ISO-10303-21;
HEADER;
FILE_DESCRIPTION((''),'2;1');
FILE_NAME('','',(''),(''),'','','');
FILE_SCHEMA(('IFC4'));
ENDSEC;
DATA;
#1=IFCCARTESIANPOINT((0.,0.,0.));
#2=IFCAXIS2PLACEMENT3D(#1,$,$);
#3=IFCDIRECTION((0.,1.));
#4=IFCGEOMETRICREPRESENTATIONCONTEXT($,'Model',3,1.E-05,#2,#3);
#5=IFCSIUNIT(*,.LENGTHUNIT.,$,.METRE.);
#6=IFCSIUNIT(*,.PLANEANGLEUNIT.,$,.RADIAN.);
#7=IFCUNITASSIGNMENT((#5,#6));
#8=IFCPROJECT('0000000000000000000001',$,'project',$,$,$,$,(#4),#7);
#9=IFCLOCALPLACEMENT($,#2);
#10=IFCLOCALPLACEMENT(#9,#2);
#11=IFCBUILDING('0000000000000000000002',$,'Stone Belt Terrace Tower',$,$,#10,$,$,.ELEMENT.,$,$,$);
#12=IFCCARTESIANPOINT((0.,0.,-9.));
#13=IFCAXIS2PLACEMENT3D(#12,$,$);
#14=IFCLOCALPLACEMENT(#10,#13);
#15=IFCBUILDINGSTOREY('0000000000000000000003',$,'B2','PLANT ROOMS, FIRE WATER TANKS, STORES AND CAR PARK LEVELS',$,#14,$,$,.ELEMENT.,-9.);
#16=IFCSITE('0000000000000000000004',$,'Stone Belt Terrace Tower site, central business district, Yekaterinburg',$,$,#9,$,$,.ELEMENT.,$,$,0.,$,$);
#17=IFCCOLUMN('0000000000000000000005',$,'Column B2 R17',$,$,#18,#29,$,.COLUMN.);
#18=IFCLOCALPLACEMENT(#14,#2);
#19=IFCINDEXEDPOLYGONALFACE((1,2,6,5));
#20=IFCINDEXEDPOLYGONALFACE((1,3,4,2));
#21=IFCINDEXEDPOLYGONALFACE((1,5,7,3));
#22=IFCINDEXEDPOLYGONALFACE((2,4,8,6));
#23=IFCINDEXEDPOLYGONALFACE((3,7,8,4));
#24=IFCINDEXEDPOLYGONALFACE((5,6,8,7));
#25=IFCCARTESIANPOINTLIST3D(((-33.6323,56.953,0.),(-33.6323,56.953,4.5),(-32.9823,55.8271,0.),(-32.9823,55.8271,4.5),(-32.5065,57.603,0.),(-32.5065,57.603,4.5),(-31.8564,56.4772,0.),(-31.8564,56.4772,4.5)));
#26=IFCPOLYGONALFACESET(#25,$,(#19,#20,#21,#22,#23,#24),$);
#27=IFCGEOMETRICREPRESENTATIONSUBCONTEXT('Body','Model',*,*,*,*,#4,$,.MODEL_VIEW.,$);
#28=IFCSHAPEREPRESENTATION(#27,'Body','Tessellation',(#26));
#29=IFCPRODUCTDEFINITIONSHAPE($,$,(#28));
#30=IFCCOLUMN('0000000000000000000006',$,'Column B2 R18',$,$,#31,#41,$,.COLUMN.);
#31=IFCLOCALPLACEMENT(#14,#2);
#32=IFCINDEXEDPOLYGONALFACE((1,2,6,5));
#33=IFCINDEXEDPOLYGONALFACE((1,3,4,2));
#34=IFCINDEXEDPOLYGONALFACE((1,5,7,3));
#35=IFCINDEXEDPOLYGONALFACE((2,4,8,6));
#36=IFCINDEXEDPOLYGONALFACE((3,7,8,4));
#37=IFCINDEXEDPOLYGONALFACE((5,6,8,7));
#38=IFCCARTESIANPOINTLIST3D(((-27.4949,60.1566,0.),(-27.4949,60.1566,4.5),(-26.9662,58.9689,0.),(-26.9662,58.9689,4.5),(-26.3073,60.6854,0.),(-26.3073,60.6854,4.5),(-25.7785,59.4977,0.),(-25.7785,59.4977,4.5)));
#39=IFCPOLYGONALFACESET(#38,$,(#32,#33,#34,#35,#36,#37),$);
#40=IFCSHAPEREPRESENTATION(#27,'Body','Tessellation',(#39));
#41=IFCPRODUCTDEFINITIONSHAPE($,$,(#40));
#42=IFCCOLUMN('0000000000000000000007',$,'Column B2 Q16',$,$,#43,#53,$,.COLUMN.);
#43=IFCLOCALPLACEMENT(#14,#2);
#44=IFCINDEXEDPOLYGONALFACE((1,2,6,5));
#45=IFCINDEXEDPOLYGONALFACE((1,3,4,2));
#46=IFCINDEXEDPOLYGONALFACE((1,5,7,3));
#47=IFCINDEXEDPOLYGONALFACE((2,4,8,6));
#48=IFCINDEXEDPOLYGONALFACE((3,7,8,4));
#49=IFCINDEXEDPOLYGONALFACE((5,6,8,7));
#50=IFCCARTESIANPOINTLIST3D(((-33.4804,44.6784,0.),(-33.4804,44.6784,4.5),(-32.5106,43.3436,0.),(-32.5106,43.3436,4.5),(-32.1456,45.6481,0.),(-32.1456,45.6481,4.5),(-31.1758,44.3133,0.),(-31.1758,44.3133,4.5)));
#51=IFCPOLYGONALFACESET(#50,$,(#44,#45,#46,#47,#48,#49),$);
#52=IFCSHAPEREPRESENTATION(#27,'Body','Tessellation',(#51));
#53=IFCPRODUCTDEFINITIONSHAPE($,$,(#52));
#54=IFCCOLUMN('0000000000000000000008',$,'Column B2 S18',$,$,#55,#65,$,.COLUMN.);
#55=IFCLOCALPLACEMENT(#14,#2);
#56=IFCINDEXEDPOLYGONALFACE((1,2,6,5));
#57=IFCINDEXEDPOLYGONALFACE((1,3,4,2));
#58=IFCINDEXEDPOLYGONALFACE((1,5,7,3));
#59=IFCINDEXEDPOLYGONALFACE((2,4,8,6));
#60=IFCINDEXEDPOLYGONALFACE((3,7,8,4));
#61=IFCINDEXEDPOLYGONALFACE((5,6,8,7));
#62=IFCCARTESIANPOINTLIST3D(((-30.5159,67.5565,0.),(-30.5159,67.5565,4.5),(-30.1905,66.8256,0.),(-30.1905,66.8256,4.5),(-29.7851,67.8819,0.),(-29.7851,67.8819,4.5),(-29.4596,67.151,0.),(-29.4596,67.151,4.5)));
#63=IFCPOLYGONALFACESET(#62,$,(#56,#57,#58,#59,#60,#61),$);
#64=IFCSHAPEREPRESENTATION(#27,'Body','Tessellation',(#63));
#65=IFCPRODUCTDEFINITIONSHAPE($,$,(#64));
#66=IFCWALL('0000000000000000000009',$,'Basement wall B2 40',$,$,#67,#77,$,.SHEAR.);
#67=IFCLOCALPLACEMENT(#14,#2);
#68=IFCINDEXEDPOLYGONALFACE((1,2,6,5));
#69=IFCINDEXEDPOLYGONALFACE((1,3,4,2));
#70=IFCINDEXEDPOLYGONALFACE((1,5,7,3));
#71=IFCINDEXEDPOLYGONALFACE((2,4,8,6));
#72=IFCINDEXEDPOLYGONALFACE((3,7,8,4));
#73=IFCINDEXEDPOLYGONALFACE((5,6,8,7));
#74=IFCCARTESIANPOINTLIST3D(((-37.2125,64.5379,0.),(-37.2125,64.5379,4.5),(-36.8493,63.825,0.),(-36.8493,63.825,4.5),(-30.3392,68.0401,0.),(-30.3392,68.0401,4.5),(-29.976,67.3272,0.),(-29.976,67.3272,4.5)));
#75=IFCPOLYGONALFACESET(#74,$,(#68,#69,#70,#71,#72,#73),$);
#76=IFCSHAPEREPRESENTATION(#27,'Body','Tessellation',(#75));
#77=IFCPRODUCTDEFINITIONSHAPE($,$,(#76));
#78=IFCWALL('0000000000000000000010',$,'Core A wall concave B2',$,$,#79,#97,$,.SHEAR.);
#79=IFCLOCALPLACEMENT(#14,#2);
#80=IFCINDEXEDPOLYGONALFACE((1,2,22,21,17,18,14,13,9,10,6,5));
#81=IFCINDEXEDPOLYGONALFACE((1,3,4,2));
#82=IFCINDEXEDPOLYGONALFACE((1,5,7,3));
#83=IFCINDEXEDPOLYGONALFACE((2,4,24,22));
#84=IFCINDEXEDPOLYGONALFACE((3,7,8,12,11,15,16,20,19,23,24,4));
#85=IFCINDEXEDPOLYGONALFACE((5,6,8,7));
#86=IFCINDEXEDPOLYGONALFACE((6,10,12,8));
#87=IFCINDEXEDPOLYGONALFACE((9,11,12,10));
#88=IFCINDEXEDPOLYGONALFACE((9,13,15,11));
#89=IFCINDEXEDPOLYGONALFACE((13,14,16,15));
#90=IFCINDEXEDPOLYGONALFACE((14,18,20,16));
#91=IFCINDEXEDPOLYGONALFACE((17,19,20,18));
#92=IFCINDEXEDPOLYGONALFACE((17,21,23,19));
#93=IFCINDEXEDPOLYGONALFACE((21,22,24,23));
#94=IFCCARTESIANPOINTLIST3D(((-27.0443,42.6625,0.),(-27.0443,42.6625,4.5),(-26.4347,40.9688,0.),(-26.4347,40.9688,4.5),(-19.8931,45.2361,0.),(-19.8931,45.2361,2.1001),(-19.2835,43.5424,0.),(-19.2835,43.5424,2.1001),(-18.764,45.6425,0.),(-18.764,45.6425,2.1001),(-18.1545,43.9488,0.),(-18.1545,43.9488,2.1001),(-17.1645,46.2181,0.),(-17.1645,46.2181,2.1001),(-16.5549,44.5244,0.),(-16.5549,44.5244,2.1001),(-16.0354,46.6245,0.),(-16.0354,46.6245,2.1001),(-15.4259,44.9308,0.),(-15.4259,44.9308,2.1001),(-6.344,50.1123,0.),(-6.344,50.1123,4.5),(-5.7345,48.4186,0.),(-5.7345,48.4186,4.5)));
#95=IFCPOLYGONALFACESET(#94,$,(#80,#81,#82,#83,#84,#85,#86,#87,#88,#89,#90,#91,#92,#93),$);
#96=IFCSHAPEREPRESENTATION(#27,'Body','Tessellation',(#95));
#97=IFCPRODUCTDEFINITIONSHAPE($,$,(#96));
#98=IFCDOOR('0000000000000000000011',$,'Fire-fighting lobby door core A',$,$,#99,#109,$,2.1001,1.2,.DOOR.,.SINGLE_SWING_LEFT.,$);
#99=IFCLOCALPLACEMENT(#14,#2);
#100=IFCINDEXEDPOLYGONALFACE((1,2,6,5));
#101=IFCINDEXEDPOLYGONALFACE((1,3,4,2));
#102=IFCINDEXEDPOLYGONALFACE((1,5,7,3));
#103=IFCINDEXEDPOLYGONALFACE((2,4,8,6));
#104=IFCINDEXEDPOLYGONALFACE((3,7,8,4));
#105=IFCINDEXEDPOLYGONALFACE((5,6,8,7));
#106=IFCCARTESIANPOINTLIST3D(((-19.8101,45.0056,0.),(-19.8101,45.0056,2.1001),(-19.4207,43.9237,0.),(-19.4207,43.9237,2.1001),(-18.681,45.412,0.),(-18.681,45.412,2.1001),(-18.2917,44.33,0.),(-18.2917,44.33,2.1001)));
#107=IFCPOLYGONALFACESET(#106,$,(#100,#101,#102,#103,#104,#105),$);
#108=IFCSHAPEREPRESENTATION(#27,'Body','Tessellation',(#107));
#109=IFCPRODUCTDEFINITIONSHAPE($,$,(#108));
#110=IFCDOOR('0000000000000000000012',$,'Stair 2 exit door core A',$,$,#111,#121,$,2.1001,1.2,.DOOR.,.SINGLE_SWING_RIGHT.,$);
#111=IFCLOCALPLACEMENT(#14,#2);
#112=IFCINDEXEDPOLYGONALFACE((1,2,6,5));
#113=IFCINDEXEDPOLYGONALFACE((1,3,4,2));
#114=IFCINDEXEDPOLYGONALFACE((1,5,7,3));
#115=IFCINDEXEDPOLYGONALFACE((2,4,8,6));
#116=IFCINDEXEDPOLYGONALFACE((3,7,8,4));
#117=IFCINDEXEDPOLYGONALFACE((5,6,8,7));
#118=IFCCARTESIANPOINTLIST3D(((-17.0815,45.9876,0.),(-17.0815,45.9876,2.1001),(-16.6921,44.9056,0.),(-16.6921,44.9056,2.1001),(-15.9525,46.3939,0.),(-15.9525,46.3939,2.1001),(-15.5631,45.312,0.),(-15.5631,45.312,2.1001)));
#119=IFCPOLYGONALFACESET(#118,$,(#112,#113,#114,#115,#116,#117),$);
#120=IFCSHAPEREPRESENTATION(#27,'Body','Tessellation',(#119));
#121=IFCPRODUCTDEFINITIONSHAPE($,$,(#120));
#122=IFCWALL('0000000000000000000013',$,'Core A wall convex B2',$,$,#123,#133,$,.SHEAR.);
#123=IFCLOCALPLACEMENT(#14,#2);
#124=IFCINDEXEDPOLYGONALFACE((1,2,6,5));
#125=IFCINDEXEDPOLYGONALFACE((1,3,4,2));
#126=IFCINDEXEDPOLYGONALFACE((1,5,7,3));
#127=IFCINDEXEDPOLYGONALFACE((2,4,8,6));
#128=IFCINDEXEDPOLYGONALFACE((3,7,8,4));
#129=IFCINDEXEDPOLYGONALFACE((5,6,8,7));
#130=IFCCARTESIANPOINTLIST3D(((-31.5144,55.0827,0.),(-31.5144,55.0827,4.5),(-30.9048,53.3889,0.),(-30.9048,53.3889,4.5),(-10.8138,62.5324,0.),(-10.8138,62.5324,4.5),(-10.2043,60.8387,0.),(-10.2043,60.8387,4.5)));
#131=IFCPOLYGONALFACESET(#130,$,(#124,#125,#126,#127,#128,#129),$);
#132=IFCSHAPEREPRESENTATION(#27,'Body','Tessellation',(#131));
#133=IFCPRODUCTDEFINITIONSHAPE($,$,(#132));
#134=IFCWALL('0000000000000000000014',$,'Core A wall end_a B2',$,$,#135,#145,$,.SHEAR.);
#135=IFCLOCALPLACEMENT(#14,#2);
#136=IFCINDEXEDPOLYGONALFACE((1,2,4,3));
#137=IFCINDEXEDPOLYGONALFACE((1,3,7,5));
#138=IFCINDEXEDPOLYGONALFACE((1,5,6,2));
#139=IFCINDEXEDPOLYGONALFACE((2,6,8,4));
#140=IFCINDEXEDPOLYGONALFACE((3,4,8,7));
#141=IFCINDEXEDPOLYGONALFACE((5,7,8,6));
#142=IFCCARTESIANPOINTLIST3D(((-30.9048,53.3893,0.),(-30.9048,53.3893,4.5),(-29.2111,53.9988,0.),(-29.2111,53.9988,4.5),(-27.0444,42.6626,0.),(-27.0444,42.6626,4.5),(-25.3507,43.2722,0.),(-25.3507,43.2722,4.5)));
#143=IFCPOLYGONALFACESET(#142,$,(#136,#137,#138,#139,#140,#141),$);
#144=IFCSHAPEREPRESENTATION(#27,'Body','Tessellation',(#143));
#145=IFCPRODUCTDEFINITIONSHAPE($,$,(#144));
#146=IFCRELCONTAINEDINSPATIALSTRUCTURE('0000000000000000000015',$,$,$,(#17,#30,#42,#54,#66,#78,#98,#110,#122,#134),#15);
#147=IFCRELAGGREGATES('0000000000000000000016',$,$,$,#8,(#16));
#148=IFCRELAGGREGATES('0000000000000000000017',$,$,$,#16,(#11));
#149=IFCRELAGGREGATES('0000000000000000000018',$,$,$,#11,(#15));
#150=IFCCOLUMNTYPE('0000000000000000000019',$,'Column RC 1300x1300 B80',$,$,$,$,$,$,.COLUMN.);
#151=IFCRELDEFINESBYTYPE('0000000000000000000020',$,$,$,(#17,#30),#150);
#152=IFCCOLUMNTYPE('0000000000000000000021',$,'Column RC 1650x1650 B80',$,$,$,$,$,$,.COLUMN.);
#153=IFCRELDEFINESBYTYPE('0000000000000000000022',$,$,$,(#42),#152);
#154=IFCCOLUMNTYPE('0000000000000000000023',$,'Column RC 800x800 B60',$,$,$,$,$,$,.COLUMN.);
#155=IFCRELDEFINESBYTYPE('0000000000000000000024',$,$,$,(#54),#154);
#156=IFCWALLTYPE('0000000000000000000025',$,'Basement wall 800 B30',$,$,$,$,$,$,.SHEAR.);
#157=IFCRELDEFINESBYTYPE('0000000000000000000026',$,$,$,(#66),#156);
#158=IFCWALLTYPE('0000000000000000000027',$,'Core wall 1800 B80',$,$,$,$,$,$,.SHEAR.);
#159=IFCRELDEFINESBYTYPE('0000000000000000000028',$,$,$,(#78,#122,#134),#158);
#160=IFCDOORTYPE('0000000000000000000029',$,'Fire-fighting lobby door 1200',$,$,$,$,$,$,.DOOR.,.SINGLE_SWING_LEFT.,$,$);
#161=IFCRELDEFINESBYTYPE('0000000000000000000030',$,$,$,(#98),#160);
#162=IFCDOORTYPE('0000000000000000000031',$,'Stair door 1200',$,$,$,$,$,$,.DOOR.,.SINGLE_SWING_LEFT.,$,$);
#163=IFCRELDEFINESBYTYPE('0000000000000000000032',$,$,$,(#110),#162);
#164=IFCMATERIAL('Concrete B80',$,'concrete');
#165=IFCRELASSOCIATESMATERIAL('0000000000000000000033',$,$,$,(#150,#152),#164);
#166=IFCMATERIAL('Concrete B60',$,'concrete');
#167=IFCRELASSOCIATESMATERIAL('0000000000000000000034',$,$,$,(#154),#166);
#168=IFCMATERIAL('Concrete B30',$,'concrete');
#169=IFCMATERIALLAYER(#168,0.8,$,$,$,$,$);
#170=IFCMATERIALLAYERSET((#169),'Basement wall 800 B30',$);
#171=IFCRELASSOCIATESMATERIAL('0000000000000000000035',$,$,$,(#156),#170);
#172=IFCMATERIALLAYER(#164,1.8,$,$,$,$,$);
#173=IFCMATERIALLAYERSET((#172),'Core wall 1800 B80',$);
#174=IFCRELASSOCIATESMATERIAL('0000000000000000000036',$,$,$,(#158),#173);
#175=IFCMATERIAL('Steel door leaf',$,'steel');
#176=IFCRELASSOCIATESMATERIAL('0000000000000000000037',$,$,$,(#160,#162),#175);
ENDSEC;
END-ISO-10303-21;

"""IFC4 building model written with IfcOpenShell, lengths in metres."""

from ifc_helpers import new_model, si_unit, direction, frame, frame_2d, origin, origin_2d, place, context, subcontext, project, spatial, rectangle, extrude, material, layer, layer_set, material_profile, profile_set, type_object, element, fill, save


model = new_model("IFC4")

# Units and contexts
model_context = context("Model", 3, precision=1e-05, world=origin(), true_north=direction((0.0, 1.0)))
body_context = subcontext(model_context, "Body", "Model", "MODEL_VIEW")
ifc_project = project(units=[si_unit("LENGTHUNIT", "METRE"), si_unit("PLANEANGLEUNIT", "RADIAN")], contexts=[model_context])

# Site, building, storey
site_placement = place(None, origin())
site = spatial("IfcSite", under=ifc_project, at=site_placement, Name="Stone Belt Terrace Tower site, central business district, Yekaterinburg", CompositionType="ELEMENT", RefElevation=0.0)
building_placement = place(site_placement, origin())
building = spatial("IfcBuilding", under=site, at=building_placement, Name="Stone Belt Terrace Tower", CompositionType="ELEMENT")
storey_placement = place(building_placement, frame((0.0, 0.0, -9.0)))
storey = spatial("IfcBuildingStorey", under=building, at=storey_placement, Name="B2", Description="PLANT ROOMS, FIRE WATER TANKS, STORES AND CAR PARK LEVELS", CompositionType="ELEMENT", Elevation=-9.0)

# Columns
ifc_material_1 = material(Name="Concrete B80", Category="concrete")
ifc_material_profile_1 = material_profile(ifc_material_1, rectangle(XDim=1.3, YDim=1.3, at=origin_2d()), Name="RC 1300x1300")
ifc_profile_set_1 = profile_set([ifc_material_profile_1], Name="Concrete B80")
column_type_1 = type_object("IfcColumnType", Name="Column RC 1300x1300 B80", PredefinedType="COLUMN", material=ifc_profile_set_1)
for number, where, z_axis, x_axis, name in (
    (1, (-32.7444, 56.7151, 0.0), (0.0, 0.0, 1.0), (0.866025, 0.5, 0.0), "Column B2 R17"),
    (2, (-26.6367, 59.8271, 0.0), (0.0, 0.0, 1.0), (0.913545, 0.406737, 0.0), "Column B2 R18"),
):
    element("IfcColumn", number, at=place(storey_placement, frame(where, z_axis=z_axis, x_axis=x_axis)), inside=storey, type_object=column_type_1, Name=name, PredefinedType="COLUMN", context=body_context, shape_type="SweptSolid", body=[
        extrude(rectangle(XDim=1.3, YDim=1.3, at=origin_2d()), origin(), (0.0, 0.0, 1.0), 4.5),
    ])
ifc_material_profile_2 = material_profile(ifc_material_1, rectangle(XDim=1.6499, YDim=1.6499, at=origin_2d()), Name="RC 1650x1650")
ifc_profile_set_2 = profile_set([ifc_material_profile_2], Name="Concrete B80")
column_type_2 = type_object("IfcColumnType", Name="Column RC 1650x1650 B80", PredefinedType="COLUMN", material=ifc_profile_set_2)
column_1_placement = place(storey_placement, frame((-32.3281, 44.4958, 0.0), z_axis=(0.0, 0.0, 1.0), x_axis=(0.809017, 0.587785, 0.0)))
element("IfcColumn", 3, at=column_1_placement, inside=storey, type_object=column_type_2, Name="Column B2 Q16", PredefinedType="COLUMN", context=body_context, shape_type="SweptSolid", body=[
    extrude(rectangle(XDim=1.6499, YDim=1.6499, at=origin_2d()), origin(), (0.0, 0.0, 1.0), 4.5),
])
ifc_material_2 = material(Name="Concrete B60", Category="concrete")
ifc_material_profile_3 = material_profile(ifc_material_2, rectangle(XDim=0.8, YDim=0.8, at=origin_2d()), Name="RC 800x800")
ifc_profile_set_3 = profile_set([ifc_material_profile_3], Name="Concrete B60")
column_type_3 = type_object("IfcColumnType", Name="Column RC 800x800 B60", PredefinedType="COLUMN", material=ifc_profile_set_3)
column_2_placement = place(storey_placement, frame((-29.9878, 67.3538, 0.0), z_axis=(0.0, 0.0, 1.0), x_axis=(0.913545, 0.406737, 0.0)))
element("IfcColumn", 4, at=column_2_placement, inside=storey, type_object=column_type_3, Name="Column B2 S18", PredefinedType="COLUMN", context=body_context, shape_type="SweptSolid", body=[
    extrude(rectangle(XDim=0.8, YDim=0.8, at=origin_2d()), origin(), (0.0, 0.0, 1.0), 4.5),
])

# Wall
ifc_material_3 = material(Name="Concrete B30", Category="concrete")
ifc_layer_1 = layer(ifc_material_3, 0.8)
ifc_layer_set_1 = layer_set([ifc_layer_1], Name="Basement wall 800 B30")
wall_type_1 = type_object("IfcWallType", Name="Basement wall 800 B30", PredefinedType="SHEAR", material=ifc_layer_set_1)
wall_1_placement = place(storey_placement, frame((-30.1577, 67.6836, 0.0), z_axis=(0.0, 0.0, 1.0), x_axis=(-0.891002, -0.453999, 0.0)))
element("IfcWall", 5, at=wall_1_placement, inside=storey, type_object=wall_type_1, Name="Basement wall B2 40", PredefinedType="SHEAR", context=body_context, shape_type="SweptSolid", body=[
    extrude(rectangle(XDim=7.7141, YDim=0.8, at=frame_2d((3.8569, 0.0))), origin(), (0.0, 0.0, 1.0), 4.5),
])

# Wall, openings, doors
ifc_layer_2 = layer(ifc_material_1, 1.8)
ifc_layer_set_2 = layer_set([ifc_layer_2], Name="Core wall 1800 B80")
wall_type_2 = type_object("IfcWallType", Name="Core wall 1800 B80", PredefinedType="SHEAR", material=ifc_layer_set_2)
wall_2_placement = place(storey_placement, frame((-26.7395, 41.8157, 0.0), z_axis=(0.0, 0.0, 1.0), x_axis=(0.940922, 0.338624, 0.0)))
wall_2 = element("IfcWall", 6, at=wall_2_placement, inside=storey, type_object=wall_type_2, Name="Core A wall concave B2", PredefinedType="SHEAR", context=body_context, shape_type="SweptSolid", body=[
    extrude(rectangle(XDim=22.0, YDim=1.8, at=frame_2d((11.0, 0.0))), origin(), (0.0, 0.0, 1.0), 4.5),
])
opening_1_placement = place(wall_2_placement, frame((7.6001, 0.0, 0.0)))
opening_1 = element("IfcOpeningElement", 7, at=opening_1_placement, cuts=wall_2, PredefinedType="OPENING", context=body_context, shape_type="SweptSolid", body=[
    extrude(rectangle(XDim=1.2, YDim=2.1001, at=frame_2d((0.6001, 1.05))), frame((0.0, 0.9099, 0.0), z_axis=(0.0, -1.0, 0.0), x_axis=(1.0, 0.0, 0.0)), (0.0, 0.0, 1.0), 1.8201),
])
opening_2_placement = place(wall_2_placement, frame((10.5, 0.0, 0.0)))
opening_2 = element("IfcOpeningElement", 8, at=opening_2_placement, cuts=wall_2, PredefinedType="OPENING", context=body_context, shape_type="SweptSolid", body=[
    extrude(rectangle(XDim=1.2, YDim=2.1001, at=frame_2d((0.6001, 1.05))), frame((0.0, 0.9099, 0.0), z_axis=(0.0, -1.0, 0.0), x_axis=(1.0, 0.0, 0.0)), (0.0, 0.0, 1.0), 1.8201),
])
ifc_material_4 = material(Name="Steel door leaf", Category="steel")
door_type_1 = type_object("IfcDoorType", Name="Fire-fighting lobby door 1200", OperationType="SINGLE_SWING_LEFT", PredefinedType="DOOR", material=ifc_material_4)
door_1_placement = place(opening_1_placement, origin())
door_1 = element("IfcDoor", 9, at=door_1_placement, inside=storey, type_object=door_type_1, Name="Fire-fighting lobby door core A", OperationType="SINGLE_SWING_LEFT", OverallHeight=2.1001, OverallWidth=1.2, PredefinedType="DOOR", context=body_context, shape_type="SweptSolid", body=[
    extrude(rectangle(XDim=1.2, YDim=2.1001, at=frame_2d((0.6001, 1.05))), frame((0.0, 0.655, 0.0), z_axis=(0.0, -1.0, 0.0), x_axis=(1.0, 0.0, 0.0)), (0.0, 0.0, 1.0), 1.1499),
])
fill(opening_1, door_1)
door_type_2 = type_object("IfcDoorType", Name="Stair door 1200", OperationType="SINGLE_SWING_LEFT", PredefinedType="DOOR", material=ifc_material_4)
door_2_placement = place(opening_2_placement, origin())
door_2 = element("IfcDoor", 10, at=door_2_placement, inside=storey, type_object=door_type_2, Name="Stair 2 exit door core A", OperationType="SINGLE_SWING_RIGHT", OverallHeight=2.1001, OverallWidth=1.2, PredefinedType="DOOR", context=body_context, shape_type="SweptSolid", body=[
    extrude(rectangle(XDim=1.2, YDim=2.1001, at=frame_2d((0.6001, 1.05))), frame((0.0, 0.655, 0.0), z_axis=(0.0, -1.0, 0.0), x_axis=(1.0, 0.0, 0.0)), (0.0, 0.0, 1.0), 1.1499),
])
fill(opening_2, door_2)

# Walls
wall_3_placement = place(storey_placement, frame((-31.2095, 54.2358, 0.0), z_axis=(0.0, 0.0, 1.0), x_axis=(0.940923, 0.338621, 0.0)))
element("IfcWall", 11, at=wall_3_placement, inside=storey, type_object=wall_type_2, Name="Core A wall convex B2", PredefinedType="SHEAR", context=body_context, shape_type="SweptSolid", body=[
    extrude(rectangle(XDim=22.0002, YDim=1.8, at=frame_2d((11.0, 0.0))), origin(), (0.0, 0.0, 1.0), 4.5),
])
wall_4_placement = place(storey_placement, frame((-26.1975, 42.9673, 0.0), z_axis=(0.0, 0.0, 1.0), x_axis=(-0.338625, 0.940921, 0.0)))
element("IfcWall", 12, at=wall_4_placement, inside=storey, type_object=wall_type_2, Name="Core A wall end_a B2", PredefinedType="SHEAR", context=body_context, shape_type="SweptSolid", body=[
    extrude(rectangle(XDim=11.4001, YDim=1.8, at=frame_2d((5.7002, 0.0))), origin(), (0.0, 0.0, 1.0), 4.5),
])

save(model, "model.ifc")
